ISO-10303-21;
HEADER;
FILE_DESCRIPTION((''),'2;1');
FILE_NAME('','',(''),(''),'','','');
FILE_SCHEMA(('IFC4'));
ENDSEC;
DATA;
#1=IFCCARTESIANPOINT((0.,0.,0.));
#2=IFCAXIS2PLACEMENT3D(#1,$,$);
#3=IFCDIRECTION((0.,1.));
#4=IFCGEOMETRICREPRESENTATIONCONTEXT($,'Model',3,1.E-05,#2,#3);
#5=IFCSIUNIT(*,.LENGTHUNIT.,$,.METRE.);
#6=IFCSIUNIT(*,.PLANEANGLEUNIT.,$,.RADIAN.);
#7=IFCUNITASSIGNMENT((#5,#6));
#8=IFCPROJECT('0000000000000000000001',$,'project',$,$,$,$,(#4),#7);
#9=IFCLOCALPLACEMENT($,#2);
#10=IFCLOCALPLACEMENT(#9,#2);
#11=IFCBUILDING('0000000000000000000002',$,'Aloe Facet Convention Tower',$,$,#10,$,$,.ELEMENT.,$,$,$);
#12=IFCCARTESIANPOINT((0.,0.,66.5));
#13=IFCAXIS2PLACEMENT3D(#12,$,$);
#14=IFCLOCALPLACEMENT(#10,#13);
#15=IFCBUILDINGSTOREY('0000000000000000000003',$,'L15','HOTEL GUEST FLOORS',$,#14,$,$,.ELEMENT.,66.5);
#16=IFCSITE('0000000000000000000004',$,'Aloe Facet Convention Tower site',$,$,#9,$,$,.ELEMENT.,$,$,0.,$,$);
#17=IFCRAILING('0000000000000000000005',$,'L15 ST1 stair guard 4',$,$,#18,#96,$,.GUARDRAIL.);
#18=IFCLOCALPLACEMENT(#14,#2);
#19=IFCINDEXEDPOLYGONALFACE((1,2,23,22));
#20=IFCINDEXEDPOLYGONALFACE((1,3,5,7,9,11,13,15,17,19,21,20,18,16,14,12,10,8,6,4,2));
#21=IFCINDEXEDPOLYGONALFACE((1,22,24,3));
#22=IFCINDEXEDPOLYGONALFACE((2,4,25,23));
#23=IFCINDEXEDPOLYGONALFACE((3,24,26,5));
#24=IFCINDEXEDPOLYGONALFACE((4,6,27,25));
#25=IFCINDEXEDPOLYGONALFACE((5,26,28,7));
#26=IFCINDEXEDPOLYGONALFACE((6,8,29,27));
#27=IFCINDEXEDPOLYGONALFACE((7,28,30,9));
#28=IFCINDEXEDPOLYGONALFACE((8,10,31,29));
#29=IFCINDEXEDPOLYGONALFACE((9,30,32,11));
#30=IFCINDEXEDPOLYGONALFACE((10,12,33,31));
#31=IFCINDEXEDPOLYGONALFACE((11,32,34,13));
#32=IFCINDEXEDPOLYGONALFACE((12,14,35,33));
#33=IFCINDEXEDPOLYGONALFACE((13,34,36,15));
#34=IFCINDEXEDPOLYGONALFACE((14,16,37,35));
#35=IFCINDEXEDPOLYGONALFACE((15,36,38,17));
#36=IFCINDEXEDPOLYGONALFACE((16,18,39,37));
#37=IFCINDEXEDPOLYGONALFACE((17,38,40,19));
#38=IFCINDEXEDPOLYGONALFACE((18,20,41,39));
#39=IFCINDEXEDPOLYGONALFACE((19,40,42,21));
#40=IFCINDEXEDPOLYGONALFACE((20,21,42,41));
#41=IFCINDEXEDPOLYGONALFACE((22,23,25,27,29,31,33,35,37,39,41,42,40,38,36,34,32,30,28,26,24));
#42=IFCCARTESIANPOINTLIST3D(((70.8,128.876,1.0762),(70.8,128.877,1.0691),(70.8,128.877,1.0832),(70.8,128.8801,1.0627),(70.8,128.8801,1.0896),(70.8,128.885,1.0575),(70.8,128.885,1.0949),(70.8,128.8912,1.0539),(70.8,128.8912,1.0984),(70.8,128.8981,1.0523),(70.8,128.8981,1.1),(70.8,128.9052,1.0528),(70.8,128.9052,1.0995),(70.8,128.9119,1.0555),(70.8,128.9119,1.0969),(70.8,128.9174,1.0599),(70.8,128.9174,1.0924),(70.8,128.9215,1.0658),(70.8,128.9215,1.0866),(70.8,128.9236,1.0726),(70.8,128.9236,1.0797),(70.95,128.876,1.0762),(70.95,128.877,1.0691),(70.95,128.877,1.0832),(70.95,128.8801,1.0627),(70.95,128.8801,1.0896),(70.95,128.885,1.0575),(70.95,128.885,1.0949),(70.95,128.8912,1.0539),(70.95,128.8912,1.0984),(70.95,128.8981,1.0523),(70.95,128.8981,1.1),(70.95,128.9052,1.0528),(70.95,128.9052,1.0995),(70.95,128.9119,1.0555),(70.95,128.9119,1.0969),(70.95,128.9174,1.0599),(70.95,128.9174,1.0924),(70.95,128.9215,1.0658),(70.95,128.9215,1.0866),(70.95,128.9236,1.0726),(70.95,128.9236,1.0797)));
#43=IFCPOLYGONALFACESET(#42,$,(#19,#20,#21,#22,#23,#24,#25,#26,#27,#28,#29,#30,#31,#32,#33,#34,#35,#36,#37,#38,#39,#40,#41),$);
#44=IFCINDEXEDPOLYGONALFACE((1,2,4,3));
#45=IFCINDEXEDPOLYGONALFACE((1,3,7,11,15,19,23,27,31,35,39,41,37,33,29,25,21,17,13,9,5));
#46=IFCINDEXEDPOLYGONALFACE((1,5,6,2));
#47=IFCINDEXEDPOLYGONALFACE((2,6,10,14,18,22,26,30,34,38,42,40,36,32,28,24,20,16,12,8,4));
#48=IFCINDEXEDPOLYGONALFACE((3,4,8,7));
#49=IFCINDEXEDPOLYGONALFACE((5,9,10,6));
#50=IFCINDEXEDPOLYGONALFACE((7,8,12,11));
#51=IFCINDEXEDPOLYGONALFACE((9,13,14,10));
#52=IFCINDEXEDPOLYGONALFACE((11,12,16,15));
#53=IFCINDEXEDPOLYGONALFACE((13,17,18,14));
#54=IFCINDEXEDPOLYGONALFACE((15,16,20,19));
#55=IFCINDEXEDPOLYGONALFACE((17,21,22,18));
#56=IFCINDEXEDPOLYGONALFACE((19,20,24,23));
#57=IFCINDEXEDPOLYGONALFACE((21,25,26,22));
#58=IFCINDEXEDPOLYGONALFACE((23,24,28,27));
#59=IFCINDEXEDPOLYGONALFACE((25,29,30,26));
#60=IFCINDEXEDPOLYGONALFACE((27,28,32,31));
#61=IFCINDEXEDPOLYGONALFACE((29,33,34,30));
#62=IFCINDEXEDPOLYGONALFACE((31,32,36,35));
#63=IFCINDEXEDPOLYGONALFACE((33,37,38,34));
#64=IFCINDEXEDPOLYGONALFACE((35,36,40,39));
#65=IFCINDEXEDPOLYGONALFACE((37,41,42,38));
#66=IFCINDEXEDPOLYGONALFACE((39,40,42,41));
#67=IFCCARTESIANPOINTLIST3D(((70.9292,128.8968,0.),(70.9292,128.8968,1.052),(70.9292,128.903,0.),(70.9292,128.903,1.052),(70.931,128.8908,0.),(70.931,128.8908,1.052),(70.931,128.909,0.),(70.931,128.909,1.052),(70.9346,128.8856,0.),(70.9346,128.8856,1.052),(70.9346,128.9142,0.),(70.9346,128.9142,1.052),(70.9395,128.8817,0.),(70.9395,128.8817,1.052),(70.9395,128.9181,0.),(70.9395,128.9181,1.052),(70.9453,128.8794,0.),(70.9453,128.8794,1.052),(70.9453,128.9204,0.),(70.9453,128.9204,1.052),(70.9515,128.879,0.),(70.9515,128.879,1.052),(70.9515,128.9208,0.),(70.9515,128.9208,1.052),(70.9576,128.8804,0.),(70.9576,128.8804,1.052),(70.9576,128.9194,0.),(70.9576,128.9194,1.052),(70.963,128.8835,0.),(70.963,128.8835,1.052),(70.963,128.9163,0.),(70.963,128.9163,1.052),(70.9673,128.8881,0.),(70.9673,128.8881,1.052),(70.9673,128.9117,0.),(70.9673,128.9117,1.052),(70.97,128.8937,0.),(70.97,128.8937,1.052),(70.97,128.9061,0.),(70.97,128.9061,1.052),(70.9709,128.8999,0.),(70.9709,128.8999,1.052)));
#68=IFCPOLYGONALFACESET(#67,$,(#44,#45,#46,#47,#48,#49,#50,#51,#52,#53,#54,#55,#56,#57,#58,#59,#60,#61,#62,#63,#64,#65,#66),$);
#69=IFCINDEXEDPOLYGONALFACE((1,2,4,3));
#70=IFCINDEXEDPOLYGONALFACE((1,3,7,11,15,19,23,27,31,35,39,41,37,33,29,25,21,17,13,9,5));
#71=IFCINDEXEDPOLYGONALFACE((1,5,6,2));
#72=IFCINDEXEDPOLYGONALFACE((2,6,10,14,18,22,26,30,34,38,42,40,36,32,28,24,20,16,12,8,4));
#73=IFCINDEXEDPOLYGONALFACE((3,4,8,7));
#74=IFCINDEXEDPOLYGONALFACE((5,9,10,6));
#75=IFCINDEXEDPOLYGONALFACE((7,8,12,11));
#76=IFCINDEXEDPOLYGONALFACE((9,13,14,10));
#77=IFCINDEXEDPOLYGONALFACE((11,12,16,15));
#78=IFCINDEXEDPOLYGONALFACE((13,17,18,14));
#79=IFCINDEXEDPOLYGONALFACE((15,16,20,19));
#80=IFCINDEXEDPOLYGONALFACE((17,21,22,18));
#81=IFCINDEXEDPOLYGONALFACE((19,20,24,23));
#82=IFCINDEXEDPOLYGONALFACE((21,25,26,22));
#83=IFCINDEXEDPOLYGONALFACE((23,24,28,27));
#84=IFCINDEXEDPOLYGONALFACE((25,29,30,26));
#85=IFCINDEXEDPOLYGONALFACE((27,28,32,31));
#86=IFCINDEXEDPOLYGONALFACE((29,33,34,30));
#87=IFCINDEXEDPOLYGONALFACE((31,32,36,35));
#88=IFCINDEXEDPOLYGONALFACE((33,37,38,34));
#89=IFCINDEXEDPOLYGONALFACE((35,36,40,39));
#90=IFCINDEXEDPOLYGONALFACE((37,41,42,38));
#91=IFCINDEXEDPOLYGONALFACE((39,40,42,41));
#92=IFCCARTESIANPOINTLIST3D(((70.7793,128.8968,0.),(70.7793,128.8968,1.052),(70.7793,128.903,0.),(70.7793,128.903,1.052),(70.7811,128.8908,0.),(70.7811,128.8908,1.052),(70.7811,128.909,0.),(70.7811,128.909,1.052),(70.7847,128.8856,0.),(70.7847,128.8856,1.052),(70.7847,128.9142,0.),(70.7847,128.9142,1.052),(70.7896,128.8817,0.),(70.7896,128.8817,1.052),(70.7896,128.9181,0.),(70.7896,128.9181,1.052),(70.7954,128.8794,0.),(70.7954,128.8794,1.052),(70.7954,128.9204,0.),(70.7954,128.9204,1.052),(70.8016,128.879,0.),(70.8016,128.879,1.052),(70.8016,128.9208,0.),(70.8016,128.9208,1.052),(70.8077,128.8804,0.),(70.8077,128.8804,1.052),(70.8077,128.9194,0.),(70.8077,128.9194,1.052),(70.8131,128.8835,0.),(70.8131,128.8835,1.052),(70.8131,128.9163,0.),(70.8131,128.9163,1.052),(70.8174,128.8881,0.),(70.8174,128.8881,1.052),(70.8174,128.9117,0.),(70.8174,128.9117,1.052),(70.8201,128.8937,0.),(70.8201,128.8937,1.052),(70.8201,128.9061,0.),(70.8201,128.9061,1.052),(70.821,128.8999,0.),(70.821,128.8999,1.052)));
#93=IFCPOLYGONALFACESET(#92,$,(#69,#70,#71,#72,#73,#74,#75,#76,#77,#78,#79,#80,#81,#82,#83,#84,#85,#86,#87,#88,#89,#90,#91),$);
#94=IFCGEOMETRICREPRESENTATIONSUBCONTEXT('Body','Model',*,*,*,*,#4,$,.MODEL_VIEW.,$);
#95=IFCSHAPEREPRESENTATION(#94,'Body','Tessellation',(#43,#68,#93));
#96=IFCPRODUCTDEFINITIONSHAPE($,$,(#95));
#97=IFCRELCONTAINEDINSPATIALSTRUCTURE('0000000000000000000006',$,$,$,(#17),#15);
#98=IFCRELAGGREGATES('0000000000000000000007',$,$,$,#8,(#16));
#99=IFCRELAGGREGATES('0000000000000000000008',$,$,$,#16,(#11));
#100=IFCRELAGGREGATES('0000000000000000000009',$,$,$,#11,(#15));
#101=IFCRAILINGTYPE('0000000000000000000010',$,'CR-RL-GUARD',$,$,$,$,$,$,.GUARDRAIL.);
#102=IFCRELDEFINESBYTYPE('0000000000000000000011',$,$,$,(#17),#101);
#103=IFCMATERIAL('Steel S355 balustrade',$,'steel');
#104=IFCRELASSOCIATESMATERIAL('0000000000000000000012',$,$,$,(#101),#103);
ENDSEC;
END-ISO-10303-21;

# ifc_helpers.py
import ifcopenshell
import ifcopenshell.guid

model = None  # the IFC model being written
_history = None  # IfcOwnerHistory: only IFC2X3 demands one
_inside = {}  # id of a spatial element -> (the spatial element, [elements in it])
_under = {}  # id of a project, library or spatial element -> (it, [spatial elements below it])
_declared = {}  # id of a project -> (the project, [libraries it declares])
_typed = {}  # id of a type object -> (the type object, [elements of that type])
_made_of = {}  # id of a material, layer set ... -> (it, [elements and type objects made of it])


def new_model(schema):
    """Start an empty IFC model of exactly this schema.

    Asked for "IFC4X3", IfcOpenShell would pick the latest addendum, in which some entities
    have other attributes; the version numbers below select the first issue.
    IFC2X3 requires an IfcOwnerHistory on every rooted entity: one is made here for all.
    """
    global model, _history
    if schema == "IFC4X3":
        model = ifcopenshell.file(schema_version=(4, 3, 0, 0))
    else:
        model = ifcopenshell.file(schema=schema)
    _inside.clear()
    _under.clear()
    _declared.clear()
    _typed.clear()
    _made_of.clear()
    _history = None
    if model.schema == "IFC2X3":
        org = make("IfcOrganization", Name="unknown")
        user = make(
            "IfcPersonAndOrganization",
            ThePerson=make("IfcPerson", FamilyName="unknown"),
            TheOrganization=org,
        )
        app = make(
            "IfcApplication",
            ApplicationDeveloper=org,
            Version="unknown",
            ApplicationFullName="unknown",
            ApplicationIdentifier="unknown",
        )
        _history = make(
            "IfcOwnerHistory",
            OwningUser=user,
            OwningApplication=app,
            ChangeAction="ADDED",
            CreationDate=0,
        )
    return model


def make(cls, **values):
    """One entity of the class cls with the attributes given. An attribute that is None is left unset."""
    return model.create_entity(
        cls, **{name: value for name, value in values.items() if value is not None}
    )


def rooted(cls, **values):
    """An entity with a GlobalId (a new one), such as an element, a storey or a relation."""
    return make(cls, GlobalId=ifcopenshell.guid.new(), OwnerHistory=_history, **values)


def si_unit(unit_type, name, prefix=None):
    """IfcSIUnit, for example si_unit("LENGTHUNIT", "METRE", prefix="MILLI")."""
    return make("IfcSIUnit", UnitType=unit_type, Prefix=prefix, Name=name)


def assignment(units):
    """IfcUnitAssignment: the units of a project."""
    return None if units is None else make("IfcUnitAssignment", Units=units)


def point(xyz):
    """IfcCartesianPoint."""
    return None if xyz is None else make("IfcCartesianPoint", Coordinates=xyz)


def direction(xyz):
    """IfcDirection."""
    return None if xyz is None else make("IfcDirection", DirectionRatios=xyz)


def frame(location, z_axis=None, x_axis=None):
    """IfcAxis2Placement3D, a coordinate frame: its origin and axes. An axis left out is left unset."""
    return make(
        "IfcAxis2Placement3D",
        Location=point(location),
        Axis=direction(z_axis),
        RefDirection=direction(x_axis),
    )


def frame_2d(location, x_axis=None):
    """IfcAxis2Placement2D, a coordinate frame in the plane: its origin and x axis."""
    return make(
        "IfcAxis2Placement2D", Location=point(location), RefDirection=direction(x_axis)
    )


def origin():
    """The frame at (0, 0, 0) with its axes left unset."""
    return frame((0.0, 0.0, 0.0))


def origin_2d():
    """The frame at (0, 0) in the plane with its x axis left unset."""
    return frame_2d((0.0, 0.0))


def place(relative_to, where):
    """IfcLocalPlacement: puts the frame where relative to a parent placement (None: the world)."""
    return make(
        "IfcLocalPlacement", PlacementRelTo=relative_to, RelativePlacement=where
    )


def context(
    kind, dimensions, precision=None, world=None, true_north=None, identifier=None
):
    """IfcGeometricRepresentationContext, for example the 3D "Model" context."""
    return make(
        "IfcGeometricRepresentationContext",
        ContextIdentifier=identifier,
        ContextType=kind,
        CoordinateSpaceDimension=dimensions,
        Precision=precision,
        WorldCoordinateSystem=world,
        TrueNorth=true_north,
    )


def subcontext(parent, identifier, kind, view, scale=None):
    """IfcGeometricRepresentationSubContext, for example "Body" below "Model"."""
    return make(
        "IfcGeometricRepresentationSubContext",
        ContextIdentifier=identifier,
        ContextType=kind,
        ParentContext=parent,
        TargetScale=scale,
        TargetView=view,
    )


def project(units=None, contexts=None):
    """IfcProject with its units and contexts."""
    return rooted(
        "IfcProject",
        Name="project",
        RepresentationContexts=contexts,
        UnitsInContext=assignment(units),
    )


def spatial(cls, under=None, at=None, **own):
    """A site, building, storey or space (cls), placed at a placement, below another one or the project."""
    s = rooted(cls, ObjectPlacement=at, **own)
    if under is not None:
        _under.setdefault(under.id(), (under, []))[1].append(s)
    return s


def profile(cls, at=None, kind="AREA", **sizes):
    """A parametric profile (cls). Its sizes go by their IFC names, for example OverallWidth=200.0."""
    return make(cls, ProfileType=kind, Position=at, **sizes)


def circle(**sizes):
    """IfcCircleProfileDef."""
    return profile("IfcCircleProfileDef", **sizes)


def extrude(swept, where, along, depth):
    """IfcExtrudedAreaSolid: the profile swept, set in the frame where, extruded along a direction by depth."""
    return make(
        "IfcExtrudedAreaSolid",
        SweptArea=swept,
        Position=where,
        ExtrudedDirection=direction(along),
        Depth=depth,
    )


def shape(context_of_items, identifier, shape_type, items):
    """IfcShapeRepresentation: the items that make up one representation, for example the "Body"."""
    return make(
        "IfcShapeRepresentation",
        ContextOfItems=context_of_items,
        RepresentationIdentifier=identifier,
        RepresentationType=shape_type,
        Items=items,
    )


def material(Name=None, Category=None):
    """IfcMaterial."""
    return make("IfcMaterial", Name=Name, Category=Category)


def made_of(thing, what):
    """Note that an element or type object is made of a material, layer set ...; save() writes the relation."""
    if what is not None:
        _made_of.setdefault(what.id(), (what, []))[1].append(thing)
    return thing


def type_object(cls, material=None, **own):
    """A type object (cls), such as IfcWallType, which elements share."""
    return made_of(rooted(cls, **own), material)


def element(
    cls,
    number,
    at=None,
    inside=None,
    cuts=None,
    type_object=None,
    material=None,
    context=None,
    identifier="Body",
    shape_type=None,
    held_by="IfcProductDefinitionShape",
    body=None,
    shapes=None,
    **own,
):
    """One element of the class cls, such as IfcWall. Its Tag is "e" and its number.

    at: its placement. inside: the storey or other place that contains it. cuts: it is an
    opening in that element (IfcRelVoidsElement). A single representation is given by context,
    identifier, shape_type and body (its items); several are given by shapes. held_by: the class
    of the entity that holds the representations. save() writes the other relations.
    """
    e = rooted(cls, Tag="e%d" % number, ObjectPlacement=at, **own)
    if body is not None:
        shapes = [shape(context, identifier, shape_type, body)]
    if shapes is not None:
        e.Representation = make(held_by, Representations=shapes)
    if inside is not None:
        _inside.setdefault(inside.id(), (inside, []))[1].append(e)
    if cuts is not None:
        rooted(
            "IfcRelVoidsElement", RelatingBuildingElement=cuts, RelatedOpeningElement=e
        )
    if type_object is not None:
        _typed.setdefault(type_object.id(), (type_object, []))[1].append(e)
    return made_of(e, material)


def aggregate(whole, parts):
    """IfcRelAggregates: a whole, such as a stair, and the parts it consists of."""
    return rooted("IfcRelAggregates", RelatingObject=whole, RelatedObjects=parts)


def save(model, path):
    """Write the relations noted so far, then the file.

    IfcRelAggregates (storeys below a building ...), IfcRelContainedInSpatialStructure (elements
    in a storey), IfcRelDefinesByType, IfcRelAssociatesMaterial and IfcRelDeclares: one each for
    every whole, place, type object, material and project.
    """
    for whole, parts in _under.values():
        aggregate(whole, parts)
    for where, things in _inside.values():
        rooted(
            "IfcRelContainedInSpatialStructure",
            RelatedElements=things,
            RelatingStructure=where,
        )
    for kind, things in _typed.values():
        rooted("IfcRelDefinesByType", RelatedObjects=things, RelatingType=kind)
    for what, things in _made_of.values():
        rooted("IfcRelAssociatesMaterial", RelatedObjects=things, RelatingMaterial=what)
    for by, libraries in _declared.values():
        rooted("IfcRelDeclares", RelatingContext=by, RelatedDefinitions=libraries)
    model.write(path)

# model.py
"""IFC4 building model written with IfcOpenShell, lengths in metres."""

from ifc_helpers import new_model, si_unit, direction, frame, origin, origin_2d, place, context, subcontext, project, spatial, circle, extrude, material, type_object, element, save


model = new_model("IFC4")

# Units and contexts
model_context = context("Model", 3, precision=1e-05, world=origin(), true_north=direction((0.0, 1.0)))
body_context = subcontext(model_context, "Body", "Model", "MODEL_VIEW")
ifc_project = project(units=[si_unit("LENGTHUNIT", "METRE"), si_unit("PLANEANGLEUNIT", "RADIAN")], contexts=[model_context])

# Site, building, storey
site_placement = place(None, origin())
site = spatial("IfcSite", under=ifc_project, at=site_placement, Name="Aloe Facet Convention Tower site", CompositionType="ELEMENT", RefElevation=0.0)
building_placement = place(site_placement, origin())
building = spatial("IfcBuilding", under=site, at=building_placement, Name="Aloe Facet Convention Tower", CompositionType="ELEMENT")
storey_placement = place(building_placement, frame((0.0, 0.0, 66.5)))
storey = spatial("IfcBuildingStorey", under=building, at=storey_placement, Name="L15", Description="HOTEL GUEST FLOORS", CompositionType="ELEMENT", Elevation=66.5)

# Railing
ifc_material_1 = material(Name="Steel S355 balustrade", Category="steel")
railing_type_1 = type_object("IfcRailingType", Name="CR-RL-GUARD", PredefinedType="GUARDRAIL", material=ifc_material_1)
railing_1_placement = place(storey_placement, frame((70.95, 128.8999, 0.0)))
element("IfcRailing", 1, at=railing_1_placement, inside=storey, type_object=railing_type_1, Name="L15 ST1 stair guard 4", PredefinedType="GUARDRAIL", context=body_context, shape_type="SweptSolid", body=[
    extrude(circle(Radius=0.0239, at=origin_2d()), frame((0.0, 0.0, 1.0762), z_axis=(-1.0, 0.0, 0.0), x_axis=(0.0, -1.0, 0.0)), (0.0, 0.0, 1.0), 0.1499),
    extrude(circle(Radius=0.021, at=origin_2d()), origin(), (0.0, 0.0, 1.0), 1.052),
    extrude(circle(Radius=0.021, at=origin_2d()), frame((-0.1499, 0.0, 0.0)), (0.0, 0.0, 1.0), 1.052),
])

save(model, "model.ifc")
